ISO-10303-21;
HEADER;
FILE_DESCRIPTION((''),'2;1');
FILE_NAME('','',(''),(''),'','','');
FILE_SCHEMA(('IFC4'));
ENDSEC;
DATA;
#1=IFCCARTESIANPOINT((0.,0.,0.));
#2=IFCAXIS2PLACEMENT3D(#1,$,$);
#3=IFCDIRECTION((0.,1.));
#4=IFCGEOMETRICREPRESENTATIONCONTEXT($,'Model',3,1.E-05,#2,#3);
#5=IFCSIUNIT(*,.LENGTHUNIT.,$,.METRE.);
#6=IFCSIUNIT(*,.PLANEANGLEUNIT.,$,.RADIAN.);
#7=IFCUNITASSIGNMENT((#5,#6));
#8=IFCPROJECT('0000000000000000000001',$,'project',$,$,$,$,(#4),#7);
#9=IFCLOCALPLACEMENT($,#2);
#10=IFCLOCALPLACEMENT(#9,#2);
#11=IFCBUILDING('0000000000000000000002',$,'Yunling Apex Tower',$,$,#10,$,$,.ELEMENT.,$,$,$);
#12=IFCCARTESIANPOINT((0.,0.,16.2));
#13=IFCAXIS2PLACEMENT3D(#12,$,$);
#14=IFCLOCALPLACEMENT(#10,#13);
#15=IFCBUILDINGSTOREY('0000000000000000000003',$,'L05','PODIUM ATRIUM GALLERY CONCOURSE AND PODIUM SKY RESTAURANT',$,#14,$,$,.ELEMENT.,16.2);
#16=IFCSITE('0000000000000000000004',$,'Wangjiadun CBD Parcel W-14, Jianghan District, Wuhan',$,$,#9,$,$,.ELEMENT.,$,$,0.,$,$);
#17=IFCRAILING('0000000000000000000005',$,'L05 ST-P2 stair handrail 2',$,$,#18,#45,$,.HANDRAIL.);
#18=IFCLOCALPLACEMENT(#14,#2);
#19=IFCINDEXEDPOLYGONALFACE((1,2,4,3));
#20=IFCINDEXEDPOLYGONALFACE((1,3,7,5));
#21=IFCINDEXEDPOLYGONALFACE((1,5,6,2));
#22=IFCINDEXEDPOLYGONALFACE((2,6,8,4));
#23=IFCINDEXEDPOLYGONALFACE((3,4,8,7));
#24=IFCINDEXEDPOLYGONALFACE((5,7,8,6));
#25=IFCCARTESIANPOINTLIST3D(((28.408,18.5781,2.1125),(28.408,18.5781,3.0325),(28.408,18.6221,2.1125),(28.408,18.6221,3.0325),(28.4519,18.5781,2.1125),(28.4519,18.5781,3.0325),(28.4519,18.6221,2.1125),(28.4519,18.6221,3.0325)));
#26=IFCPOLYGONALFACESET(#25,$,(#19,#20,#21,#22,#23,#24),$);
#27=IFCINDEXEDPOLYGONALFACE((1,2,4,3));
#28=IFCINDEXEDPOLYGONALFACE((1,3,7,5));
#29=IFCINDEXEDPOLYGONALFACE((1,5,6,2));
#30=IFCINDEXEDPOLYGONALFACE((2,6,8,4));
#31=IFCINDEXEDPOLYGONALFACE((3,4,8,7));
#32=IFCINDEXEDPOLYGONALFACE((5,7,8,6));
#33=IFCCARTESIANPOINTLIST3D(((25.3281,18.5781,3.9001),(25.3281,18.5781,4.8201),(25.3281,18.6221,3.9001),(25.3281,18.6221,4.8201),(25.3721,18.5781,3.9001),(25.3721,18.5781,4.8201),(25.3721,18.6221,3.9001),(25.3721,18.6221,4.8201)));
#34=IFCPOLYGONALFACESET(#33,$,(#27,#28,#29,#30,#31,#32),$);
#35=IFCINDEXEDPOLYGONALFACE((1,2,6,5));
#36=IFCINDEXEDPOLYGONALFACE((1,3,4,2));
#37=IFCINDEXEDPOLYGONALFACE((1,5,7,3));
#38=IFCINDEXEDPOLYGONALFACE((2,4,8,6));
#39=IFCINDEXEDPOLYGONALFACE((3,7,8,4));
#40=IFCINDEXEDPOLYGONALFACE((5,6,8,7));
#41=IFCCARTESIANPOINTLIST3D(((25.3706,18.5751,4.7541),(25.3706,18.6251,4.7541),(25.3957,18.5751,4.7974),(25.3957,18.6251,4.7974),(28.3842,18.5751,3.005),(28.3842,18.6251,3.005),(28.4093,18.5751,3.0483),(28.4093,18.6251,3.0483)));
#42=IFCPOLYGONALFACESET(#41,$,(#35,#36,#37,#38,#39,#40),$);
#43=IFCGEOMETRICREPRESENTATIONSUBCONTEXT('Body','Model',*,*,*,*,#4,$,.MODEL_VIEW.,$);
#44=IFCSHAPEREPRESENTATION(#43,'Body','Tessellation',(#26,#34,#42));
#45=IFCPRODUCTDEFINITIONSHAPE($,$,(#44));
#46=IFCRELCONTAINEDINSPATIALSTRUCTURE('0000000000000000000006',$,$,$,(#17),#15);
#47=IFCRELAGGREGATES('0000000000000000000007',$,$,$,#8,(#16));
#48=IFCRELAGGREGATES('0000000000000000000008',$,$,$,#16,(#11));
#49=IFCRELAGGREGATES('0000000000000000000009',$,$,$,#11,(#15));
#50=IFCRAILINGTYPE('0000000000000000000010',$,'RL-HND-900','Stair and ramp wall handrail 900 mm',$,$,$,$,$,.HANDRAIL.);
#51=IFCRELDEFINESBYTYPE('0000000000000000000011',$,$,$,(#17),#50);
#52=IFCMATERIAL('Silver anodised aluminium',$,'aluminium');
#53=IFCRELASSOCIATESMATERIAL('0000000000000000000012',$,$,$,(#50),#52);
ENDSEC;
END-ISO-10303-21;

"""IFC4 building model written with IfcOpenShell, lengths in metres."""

from ifc_helpers import new_model, si_unit, direction, frame, origin, origin_2d, place, context, subcontext, project, spatial, rectangle, extrude, material, type_object, element, save


model = new_model("IFC4")

# Units and contexts
model_context = context("Model", 3, precision=1e-05, world=origin(), true_north=direction((0.0, 1.0)))
body_context = subcontext(model_context, "Body", "Model", "MODEL_VIEW")
ifc_project = project(units=[si_unit("LENGTHUNIT", "METRE"), si_unit("PLANEANGLEUNIT", "RADIAN")], contexts=[model_context])

# Site, building, storey
site_placement = place(None, origin())
site = spatial("IfcSite", under=ifc_project, at=site_placement, Name="Wangjiadun CBD Parcel W-14, Jianghan District, Wuhan", CompositionType="ELEMENT", RefElevation=0.0)
building_placement = place(site_placement, origin())
building = spatial("IfcBuilding", under=site, at=building_placement, Name="Yunling Apex Tower", CompositionType="ELEMENT")
storey_placement = place(building_placement, frame((0.0, 0.0, 16.2)))
storey = spatial("IfcBuildingStorey", under=building, at=storey_placement, Name="L05", Description="PODIUM ATRIUM GALLERY CONCOURSE AND PODIUM SKY RESTAURANT", CompositionType="ELEMENT", Elevation=16.2)

# Railing
ifc_material_1 = material(Name="Silver anodised aluminium", Category="aluminium")
railing_type_1 = type_object("IfcRailingType", Name="RL-HND-900", Description="Stair and ramp wall handrail 900 mm", PredefinedType="HANDRAIL", material=ifc_material_1)
railing_1_placement = place(storey_placement, frame((28.4299, 18.6001, 2.1125)))
element("IfcRailing", 1, at=railing_1_placement, inside=storey, type_object=railing_type_1, Name="L05 ST-P2 stair handrail 2", PredefinedType="HANDRAIL", context=body_context, shape_type="SweptSolid", body=[
    extrude(rectangle(XDim=0.0439, YDim=0.0439, at=origin_2d()), origin(), (0.0, 0.0, 1.0), 0.9199),
    extrude(rectangle(XDim=0.0439, YDim=0.0439, at=origin_2d()), frame((-3.0798, 0.0, 1.7876)), (0.0, 0.0, 1.0), 0.9199),
    extrude(rectangle(XDim=0.05, YDim=0.05, at=origin_2d()), frame((-0.0332, 0.0, 0.9141), z_axis=(-0.864873, 0.0, 0.50199), x_axis=(0.0, -1.0, 0.0)), (0.0, 0.0, 1.0), 3.4844),
])

save(model, "model.ifc")
